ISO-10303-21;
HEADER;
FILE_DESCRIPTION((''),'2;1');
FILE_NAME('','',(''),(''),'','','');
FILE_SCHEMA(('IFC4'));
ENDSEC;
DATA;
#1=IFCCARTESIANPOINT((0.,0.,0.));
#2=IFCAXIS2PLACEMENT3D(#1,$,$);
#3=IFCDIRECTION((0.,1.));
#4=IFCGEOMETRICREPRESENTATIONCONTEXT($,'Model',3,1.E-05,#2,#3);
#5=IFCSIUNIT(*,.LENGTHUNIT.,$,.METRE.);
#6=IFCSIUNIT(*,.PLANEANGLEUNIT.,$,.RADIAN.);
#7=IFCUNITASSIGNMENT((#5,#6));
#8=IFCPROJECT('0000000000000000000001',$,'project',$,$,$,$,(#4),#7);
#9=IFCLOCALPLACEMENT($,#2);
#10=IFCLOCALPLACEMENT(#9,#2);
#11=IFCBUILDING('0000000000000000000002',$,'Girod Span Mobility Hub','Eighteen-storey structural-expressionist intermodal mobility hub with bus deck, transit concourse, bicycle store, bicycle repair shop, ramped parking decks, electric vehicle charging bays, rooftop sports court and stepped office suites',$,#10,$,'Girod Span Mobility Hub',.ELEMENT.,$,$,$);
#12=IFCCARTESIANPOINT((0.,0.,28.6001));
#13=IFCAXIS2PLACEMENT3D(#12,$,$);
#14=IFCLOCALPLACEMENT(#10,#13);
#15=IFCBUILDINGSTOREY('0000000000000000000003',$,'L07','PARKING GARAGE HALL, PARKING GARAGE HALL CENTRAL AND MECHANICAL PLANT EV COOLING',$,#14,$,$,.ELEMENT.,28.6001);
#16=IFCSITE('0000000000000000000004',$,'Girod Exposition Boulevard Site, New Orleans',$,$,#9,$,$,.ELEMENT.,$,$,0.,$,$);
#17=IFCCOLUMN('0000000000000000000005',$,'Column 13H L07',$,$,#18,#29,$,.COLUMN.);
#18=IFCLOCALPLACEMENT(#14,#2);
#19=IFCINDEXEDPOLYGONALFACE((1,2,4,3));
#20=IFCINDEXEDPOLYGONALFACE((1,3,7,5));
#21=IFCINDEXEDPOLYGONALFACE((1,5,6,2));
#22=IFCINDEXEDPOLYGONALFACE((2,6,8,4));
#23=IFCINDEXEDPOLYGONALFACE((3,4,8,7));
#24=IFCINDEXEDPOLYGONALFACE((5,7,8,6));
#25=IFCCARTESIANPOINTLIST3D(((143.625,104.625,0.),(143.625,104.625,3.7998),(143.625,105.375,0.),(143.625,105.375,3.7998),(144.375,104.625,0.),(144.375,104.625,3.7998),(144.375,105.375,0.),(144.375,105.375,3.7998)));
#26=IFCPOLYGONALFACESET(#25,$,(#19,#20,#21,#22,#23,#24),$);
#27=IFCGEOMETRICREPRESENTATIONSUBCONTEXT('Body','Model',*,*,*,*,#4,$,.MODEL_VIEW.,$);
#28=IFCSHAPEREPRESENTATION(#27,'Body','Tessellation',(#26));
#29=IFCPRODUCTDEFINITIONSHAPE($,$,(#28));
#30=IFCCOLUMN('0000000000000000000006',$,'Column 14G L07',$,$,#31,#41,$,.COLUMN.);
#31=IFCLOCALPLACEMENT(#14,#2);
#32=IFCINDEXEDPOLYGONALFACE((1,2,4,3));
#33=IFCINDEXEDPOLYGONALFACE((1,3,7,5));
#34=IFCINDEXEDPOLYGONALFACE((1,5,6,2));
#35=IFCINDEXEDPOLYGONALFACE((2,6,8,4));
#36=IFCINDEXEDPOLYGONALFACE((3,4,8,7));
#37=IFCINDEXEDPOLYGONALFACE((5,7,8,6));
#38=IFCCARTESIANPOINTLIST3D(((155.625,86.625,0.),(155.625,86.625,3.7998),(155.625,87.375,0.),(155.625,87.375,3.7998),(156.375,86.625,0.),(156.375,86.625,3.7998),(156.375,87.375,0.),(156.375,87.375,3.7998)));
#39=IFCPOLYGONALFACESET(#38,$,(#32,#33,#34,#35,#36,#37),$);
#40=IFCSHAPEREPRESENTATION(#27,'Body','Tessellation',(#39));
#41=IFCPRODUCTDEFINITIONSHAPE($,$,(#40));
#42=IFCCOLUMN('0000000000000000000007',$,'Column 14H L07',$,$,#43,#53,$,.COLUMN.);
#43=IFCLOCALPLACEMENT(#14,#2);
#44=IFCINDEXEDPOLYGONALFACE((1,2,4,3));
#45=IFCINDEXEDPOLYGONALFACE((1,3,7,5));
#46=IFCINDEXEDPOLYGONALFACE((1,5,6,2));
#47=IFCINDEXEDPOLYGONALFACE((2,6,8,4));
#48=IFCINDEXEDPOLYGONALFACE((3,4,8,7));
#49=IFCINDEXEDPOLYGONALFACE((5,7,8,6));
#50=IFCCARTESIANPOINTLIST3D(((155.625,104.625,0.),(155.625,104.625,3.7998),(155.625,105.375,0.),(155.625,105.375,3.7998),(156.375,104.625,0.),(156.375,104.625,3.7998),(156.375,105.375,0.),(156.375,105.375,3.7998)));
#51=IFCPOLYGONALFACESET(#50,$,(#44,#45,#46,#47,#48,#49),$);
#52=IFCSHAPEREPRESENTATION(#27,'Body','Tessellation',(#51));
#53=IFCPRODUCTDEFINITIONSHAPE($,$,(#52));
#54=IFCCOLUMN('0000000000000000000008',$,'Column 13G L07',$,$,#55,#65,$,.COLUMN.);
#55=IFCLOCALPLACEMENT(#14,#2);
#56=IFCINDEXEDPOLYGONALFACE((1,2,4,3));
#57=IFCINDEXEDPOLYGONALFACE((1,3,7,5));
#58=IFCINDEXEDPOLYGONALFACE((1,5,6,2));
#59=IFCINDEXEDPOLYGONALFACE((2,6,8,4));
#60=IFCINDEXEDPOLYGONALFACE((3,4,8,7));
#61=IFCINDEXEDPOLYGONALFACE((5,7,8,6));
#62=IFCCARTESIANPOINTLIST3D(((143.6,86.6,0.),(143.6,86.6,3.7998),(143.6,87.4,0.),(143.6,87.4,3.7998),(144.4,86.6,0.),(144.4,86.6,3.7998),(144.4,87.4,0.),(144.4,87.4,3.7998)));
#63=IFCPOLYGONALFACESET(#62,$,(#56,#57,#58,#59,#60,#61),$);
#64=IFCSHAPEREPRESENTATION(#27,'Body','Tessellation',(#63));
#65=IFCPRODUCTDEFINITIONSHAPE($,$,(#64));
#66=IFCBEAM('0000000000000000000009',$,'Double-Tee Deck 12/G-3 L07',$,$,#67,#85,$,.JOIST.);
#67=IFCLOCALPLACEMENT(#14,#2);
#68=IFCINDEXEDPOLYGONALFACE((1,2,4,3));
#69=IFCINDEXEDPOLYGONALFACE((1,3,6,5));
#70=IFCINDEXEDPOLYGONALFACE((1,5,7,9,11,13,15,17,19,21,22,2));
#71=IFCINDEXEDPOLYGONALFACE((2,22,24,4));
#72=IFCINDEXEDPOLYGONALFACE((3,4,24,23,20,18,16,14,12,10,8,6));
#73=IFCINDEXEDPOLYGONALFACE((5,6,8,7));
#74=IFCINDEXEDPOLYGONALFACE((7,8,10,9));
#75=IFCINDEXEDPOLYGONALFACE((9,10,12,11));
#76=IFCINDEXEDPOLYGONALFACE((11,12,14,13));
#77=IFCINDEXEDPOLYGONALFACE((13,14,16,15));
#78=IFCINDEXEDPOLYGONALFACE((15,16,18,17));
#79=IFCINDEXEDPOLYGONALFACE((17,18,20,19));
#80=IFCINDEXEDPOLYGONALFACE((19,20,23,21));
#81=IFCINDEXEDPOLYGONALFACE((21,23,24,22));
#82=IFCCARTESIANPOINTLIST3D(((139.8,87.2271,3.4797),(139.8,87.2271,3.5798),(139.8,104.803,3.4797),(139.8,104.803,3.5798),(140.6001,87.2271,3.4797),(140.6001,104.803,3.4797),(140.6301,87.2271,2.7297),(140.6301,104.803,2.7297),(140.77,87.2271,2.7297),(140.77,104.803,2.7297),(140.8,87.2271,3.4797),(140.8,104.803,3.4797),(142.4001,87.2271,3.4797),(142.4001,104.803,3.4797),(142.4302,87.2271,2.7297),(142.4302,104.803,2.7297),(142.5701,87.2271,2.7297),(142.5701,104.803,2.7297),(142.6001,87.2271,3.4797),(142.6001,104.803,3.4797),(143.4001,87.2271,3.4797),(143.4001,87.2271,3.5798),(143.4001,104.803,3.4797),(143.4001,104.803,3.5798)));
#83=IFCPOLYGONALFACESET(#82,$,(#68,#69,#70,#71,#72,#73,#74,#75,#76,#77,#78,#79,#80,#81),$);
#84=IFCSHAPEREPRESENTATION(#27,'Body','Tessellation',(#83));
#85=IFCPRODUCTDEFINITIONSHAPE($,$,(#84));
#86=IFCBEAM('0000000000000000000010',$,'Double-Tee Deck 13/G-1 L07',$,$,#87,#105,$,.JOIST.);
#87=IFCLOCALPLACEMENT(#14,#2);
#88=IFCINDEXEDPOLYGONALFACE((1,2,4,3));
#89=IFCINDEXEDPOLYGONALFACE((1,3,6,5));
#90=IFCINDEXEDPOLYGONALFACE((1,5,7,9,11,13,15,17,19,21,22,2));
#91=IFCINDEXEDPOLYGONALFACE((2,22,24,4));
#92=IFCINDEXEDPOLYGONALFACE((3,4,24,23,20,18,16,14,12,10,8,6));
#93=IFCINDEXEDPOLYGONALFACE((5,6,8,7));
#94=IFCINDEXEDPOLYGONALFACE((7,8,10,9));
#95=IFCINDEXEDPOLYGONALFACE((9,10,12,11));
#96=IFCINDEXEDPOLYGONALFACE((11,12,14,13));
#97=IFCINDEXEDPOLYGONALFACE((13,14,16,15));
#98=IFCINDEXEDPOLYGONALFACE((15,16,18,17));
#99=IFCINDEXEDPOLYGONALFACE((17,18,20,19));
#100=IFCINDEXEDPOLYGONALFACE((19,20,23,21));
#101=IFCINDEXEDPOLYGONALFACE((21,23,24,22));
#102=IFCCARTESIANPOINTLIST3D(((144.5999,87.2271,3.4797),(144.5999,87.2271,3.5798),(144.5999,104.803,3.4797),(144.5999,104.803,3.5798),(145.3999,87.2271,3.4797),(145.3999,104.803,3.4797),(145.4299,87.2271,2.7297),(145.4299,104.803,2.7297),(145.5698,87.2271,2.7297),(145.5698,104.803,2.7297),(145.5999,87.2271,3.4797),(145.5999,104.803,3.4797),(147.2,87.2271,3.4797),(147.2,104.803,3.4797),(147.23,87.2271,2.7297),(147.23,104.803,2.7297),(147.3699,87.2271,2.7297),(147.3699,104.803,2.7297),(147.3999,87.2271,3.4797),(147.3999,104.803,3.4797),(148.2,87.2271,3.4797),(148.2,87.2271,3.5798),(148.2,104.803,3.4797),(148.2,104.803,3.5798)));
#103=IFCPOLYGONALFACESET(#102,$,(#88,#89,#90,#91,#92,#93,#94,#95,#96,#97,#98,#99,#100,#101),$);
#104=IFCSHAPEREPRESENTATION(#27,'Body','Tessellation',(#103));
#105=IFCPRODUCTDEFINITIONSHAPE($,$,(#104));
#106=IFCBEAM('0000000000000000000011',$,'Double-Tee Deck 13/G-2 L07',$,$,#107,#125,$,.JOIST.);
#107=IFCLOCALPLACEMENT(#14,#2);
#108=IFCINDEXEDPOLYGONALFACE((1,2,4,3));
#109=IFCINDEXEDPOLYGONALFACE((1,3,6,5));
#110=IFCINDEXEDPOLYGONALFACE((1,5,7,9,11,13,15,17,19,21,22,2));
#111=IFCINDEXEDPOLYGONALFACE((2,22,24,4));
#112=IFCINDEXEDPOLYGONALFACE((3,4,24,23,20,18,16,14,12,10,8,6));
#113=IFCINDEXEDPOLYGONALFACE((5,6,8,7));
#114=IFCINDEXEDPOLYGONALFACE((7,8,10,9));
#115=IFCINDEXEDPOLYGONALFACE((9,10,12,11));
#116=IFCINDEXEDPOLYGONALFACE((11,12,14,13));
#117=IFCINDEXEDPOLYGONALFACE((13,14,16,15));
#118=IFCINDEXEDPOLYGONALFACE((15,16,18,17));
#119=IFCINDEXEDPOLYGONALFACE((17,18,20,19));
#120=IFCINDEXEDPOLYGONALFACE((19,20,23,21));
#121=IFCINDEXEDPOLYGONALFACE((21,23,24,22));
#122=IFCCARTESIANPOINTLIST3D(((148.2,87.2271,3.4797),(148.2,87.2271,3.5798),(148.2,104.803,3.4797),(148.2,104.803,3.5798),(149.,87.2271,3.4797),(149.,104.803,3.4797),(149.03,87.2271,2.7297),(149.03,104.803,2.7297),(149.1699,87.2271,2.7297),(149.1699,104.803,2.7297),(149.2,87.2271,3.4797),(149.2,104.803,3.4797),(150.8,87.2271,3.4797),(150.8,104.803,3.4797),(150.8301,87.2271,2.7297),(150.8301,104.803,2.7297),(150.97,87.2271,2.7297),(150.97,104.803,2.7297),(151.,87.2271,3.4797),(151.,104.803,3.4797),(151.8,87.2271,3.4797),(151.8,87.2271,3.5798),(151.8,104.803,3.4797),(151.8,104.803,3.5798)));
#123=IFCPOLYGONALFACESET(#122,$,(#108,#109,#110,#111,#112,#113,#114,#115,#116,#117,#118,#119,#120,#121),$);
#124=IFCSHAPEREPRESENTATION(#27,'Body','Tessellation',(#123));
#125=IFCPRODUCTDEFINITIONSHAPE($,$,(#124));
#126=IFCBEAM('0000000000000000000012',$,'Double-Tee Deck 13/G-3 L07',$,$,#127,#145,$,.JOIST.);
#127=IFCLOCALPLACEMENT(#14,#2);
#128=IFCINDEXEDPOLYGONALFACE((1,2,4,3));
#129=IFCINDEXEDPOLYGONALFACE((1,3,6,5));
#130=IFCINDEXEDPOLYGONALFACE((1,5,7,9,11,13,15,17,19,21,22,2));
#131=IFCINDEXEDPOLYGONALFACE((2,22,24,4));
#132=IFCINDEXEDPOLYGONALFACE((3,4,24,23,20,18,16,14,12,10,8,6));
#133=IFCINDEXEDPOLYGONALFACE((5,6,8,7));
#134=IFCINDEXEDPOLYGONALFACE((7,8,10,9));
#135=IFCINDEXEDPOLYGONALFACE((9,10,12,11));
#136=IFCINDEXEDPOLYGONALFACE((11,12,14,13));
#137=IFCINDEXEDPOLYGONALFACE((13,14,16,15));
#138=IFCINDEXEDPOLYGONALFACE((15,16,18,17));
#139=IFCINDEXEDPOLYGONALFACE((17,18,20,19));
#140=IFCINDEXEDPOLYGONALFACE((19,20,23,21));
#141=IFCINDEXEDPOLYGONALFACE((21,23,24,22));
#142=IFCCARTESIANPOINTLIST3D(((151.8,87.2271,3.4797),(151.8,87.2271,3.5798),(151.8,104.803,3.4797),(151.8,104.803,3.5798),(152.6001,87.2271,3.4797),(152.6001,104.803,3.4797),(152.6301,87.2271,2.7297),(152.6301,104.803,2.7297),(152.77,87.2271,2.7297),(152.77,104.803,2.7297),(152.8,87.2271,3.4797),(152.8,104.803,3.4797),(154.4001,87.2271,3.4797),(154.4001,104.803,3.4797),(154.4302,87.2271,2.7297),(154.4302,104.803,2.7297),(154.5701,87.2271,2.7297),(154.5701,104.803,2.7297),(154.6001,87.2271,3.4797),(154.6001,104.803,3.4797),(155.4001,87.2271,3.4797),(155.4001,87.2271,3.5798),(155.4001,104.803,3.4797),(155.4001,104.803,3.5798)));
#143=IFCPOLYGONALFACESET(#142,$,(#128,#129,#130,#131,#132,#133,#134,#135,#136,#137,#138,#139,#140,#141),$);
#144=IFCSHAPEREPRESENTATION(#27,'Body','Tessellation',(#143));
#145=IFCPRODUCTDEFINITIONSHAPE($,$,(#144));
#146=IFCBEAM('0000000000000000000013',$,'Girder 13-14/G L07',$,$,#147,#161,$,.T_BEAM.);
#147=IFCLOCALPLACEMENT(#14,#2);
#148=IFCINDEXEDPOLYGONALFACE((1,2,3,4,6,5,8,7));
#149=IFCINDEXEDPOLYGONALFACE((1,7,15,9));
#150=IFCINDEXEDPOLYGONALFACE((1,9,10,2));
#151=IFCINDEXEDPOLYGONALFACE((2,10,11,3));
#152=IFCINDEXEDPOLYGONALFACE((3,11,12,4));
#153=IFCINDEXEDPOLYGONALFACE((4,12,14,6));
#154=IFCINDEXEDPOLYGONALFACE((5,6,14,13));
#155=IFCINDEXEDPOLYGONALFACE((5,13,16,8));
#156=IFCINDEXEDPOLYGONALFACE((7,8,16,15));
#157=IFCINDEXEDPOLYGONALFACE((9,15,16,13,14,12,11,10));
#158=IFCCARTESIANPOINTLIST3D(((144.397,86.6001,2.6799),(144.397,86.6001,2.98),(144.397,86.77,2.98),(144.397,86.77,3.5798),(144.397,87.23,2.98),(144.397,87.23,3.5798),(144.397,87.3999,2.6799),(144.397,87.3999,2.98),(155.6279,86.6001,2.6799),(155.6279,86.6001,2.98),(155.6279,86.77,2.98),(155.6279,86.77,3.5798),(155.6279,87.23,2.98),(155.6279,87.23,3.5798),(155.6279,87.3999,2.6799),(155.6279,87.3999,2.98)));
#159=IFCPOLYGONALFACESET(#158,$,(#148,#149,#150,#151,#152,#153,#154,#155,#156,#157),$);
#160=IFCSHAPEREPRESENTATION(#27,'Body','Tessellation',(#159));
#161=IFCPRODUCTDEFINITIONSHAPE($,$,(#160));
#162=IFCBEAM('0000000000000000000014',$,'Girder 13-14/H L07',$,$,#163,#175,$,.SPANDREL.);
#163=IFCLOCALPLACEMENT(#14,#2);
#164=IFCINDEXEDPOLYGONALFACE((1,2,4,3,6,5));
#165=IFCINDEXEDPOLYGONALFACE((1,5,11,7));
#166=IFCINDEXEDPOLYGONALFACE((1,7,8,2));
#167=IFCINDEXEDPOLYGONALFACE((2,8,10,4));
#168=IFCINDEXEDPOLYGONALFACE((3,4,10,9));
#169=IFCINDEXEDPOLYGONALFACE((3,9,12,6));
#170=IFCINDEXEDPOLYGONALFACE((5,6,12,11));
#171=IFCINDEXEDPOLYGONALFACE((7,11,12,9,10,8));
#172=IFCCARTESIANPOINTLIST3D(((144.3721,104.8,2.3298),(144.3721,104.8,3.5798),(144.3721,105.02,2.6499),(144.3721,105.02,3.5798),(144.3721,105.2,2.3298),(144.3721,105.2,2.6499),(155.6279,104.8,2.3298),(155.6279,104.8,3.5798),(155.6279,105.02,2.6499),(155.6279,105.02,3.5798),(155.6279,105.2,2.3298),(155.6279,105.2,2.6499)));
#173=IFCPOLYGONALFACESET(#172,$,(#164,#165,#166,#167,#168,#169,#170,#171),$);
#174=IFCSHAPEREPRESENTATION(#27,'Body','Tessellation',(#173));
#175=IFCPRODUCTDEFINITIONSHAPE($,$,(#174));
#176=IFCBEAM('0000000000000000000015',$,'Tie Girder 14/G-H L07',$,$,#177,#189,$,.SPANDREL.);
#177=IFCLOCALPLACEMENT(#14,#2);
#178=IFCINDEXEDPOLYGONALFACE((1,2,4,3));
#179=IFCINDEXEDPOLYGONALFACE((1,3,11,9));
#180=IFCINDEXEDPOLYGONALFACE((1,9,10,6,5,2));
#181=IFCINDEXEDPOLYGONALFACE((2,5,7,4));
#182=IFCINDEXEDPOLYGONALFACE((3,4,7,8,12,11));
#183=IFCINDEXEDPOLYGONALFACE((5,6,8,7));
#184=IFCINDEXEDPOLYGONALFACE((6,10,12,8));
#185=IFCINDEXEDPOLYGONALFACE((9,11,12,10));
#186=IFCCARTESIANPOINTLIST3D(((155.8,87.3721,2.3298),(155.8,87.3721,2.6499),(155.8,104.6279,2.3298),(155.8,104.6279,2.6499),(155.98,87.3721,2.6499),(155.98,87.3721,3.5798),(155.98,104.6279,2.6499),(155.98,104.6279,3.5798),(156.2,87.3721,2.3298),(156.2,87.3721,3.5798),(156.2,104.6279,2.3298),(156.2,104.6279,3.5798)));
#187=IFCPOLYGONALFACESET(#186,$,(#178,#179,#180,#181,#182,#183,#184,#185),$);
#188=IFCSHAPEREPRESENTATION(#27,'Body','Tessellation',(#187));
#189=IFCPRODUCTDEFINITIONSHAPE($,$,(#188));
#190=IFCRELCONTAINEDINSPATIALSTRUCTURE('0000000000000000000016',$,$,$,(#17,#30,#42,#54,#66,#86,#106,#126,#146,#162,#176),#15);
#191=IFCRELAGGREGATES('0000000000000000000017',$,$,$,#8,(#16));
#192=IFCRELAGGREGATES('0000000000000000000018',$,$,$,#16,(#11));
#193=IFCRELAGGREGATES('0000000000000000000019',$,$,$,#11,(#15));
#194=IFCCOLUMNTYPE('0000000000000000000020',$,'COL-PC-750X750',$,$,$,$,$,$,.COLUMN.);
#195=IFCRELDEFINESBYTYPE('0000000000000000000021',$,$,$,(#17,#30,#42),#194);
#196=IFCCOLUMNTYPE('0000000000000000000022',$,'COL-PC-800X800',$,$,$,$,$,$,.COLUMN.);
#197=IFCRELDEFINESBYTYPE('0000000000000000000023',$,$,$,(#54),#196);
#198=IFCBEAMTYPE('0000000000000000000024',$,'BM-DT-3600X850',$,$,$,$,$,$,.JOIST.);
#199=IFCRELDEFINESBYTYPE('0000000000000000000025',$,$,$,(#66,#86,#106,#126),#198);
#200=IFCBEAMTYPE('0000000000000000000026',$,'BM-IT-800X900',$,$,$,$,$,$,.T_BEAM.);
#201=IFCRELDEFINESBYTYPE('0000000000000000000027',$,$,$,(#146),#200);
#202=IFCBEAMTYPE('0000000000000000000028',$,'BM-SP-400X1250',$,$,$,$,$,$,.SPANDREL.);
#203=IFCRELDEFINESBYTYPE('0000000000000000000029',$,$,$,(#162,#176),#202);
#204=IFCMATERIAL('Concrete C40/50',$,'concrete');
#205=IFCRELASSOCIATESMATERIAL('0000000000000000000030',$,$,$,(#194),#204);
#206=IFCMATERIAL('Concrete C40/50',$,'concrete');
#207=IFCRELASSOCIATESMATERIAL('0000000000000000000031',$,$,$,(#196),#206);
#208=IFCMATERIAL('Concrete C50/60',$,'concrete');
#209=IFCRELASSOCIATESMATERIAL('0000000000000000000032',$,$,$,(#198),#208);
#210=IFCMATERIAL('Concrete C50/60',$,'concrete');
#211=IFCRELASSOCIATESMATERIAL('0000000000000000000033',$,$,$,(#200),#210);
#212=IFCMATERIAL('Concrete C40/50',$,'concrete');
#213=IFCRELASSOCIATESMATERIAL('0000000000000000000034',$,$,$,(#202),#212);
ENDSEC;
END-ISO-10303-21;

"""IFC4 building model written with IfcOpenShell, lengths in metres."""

from ifc_helpers import new_model, si_unit, direction, frame, origin, origin_2d, place, context, subcontext, project, spatial, polyline, rectangle, outline, extrude, material, material_profile, profile_set, type_object, element, save


model = new_model("IFC4")

# Units and contexts
model_context = context("Model", 3, precision=1e-05, world=origin(), true_north=direction((0.0, 1.0)))
body_context = subcontext(model_context, "Body", "Model", "MODEL_VIEW")
ifc_project = project(units=[si_unit("LENGTHUNIT", "METRE"), si_unit("PLANEANGLEUNIT", "RADIAN")], contexts=[model_context])

# Site, building, storey
site_placement = place(None, origin())
site = spatial("IfcSite", under=ifc_project, at=site_placement, Name="Girod Exposition Boulevard Site, New Orleans", CompositionType="ELEMENT", RefElevation=0.0)
building_placement = place(site_placement, origin())
building = spatial("IfcBuilding", under=site, at=building_placement, Name="Girod Span Mobility Hub", Description="Eighteen-storey structural-expressionist intermodal mobility hub with bus deck, transit concourse, bicycle store, bicycle repair shop, ramped parking decks, electric vehicle charging bays, rooftop sports court and stepped office suites", LongName="Girod Span Mobility Hub", CompositionType="ELEMENT")
storey_placement = place(building_placement, frame((0.0, 0.0, 28.6001)))
storey = spatial("IfcBuildingStorey", under=building, at=storey_placement, Name="L07", Description="PARKING GARAGE HALL, PARKING GARAGE HALL CENTRAL AND MECHANICAL PLANT EV COOLING", CompositionType="ELEMENT", Elevation=28.6001)

# Columns
ifc_material_1 = material(Name="Concrete C40/50", Category="concrete")
ifc_material_profile_1 = material_profile(ifc_material_1, rectangle(XDim=0.75, YDim=0.75, at=origin_2d()), Name="PC-COL-750X750")
ifc_profile_set_1 = profile_set([ifc_material_profile_1], Name="Concrete C40/50")
column_type_1 = type_object("IfcColumnType", Name="COL-PC-750X750", PredefinedType="COLUMN", material=ifc_profile_set_1)
for number, where, z_axis, x_axis, name in (
    (1, (144.0, 105.0, 0.0), (0.0, 0.0, 1.0), (1.0, 0.0, 0.0), "Column 13H L07"),
    (2, (156.0, 87.0, 0.0), (0.0, 0.0, 1.0), (1.0, 0.0, 0.0), "Column 14G L07"),
    (3, (156.0, 105.0, 0.0), (0.0, 0.0, 1.0), (1.0, 0.0, 0.0), "Column 14H L07"),
):
    element("IfcColumn", number, at=place(storey_placement, frame(where, z_axis=z_axis, x_axis=x_axis)), inside=storey, type_object=column_type_1, Name=name, PredefinedType="COLUMN", context=body_context, shape_type="SweptSolid", body=[
        extrude(rectangle(XDim=0.75, YDim=0.75, at=origin_2d()), origin(), (0.0, 0.0, 1.0), 3.7998),
    ])
ifc_material_2 = material(Name="Concrete C40/50", Category="concrete")
ifc_material_profile_2 = material_profile(ifc_material_2, rectangle(XDim=0.8, YDim=0.8, at=origin_2d()), Name="PC-COL-800X800")
ifc_profile_set_2 = profile_set([ifc_material_profile_2], Name="Concrete C40/50")
column_type_2 = type_object("IfcColumnType", Name="COL-PC-800X800", PredefinedType="COLUMN", material=ifc_profile_set_2)
column_placement = place(storey_placement, frame((144.0, 87.0, 0.0), z_axis=(0.0, 0.0, 1.0), x_axis=(1.0, 0.0, 0.0)))
element("IfcColumn", 4, at=column_placement, inside=storey, type_object=column_type_2, Name="Column 13G L07", PredefinedType="COLUMN", context=body_context, shape_type="SweptSolid", body=[
    extrude(rectangle(XDim=0.8, YDim=0.8, at=origin_2d()), origin(), (0.0, 0.0, 1.0), 3.7998),
])

# Beams
ifc_material_3 = material(Name="Concrete C50/60", Category="concrete")
ifc_material_profile_3 = material_profile(ifc_material_3, outline(polyline([(-1.8, 0.425), (-1.8, 0.325), (-1.0, 0.325), (-0.97, -0.425), (-0.8301, -0.425), (-0.8, 0.325), (0.8, 0.325), (0.8301, -0.425), (0.97, -0.425), (1.0, 0.325), (1.8, 0.325), (1.8, 0.425), (-1.8, 0.425)])), Name="DT-3600X850")
ifc_profile_set_3 = profile_set([ifc_material_profile_3], Name="Concrete C50/60")
beam_type_1 = type_object("IfcBeamType", Name="BM-DT-3600X850", PredefinedType="JOIST", material=ifc_profile_set_3)
for number, where, z_axis, x_axis, name in (
    (5, (141.6001, 87.2271, 3.1548), (0.0, 1.0, 0.0), (-1.0, 0.0, 0.0), "Double-Tee Deck 12/G-3 L07"),
    (6, (146.3999, 87.2271, 3.1548), (0.0, 1.0, 0.0), (-1.0, 0.0, 0.0), "Double-Tee Deck 13/G-1 L07"),
    (7, (150.0, 87.2271, 3.1548), (0.0, 1.0, 0.0), (-1.0, 0.0, 0.0), "Double-Tee Deck 13/G-2 L07"),
    (8, (153.6001, 87.2271, 3.1548), (0.0, 1.0, 0.0), (-1.0, 0.0, 0.0), "Double-Tee Deck 13/G-3 L07"),
):
    element("IfcBeam", number, at=place(storey_placement, frame(where, z_axis=z_axis, x_axis=x_axis)), inside=storey, type_object=beam_type_1, Name=name, PredefinedType="JOIST", context=body_context, shape_type="SweptSolid", body=[
        extrude(outline(polyline([(-1.8, 0.425), (-1.8, 0.325), (-1.0, 0.325), (-0.97, -0.425), (-0.8301, -0.425), (-0.8, 0.325), (0.8, 0.325), (0.8301, -0.425), (0.97, -0.425), (1.0, 0.325), (1.8, 0.325), (1.8, 0.425), (-1.8, 0.425)])), origin(), (0.0, 0.0, 1.0), 17.5759),
    ])
ifc_material_4 = material(Name="Concrete C50/60", Category="concrete")
ifc_material_profile_4 = material_profile(ifc_material_4, outline(polyline([(-0.3999, -0.45), (0.3999, -0.45), (0.3999, -0.1499), (0.23, -0.1499), (0.23, 0.45), (-0.23, 0.45), (-0.23, -0.1499), (-0.3999, -0.1499), (-0.3999, -0.45)])), Name="IT-800X900")
ifc_profile_set_4 = profile_set([ifc_material_profile_4], Name="Concrete C50/60")
beam_type_2 = type_object("IfcBeamType", Name="BM-IT-800X900", PredefinedType="T_BEAM", material=ifc_profile_set_4)
beam_1_placement = place(storey_placement, frame((144.397, 87.0, 3.1299), z_axis=(1.0, 0.0, 0.0), x_axis=(0.0, 1.0, 0.0)))
element("IfcBeam", 9, at=beam_1_placement, inside=storey, type_object=beam_type_2, Name="Girder 13-14/G L07", PredefinedType="T_BEAM", context=body_context, shape_type="SweptSolid", body=[
    extrude(outline(polyline([(-0.3999, -0.45), (0.3999, -0.45), (0.3999, -0.1499), (0.23, -0.1499), (0.23, 0.45), (-0.23, 0.45), (-0.23, -0.1499), (-0.3999, -0.1499), (-0.3999, -0.45)])), origin(), (0.0, 0.0, 1.0), 11.231),
])
ifc_material_5 = material(Name="Concrete C40/50", Category="concrete")
ifc_material_profile_5 = material_profile(ifc_material_5, outline(polyline([(-0.2, -0.625), (0.2, -0.625), (0.2, -0.3049), (0.02, -0.3049), (0.02, 0.625), (-0.2, 0.625), (-0.2, -0.625)])), Name="SP-400X1250")
ifc_profile_set_5 = profile_set([ifc_material_profile_5], Name="Concrete C40/50")
beam_type_3 = type_object("IfcBeamType", Name="BM-SP-400X1250", PredefinedType="SPANDREL", material=ifc_profile_set_5)
beam_2_placement = place(storey_placement, frame((144.3721, 105.0, 2.9548), z_axis=(1.0, 0.0, 0.0), x_axis=(0.0, 1.0, 0.0)))
element("IfcBeam", 10, at=beam_2_placement, inside=storey, type_object=beam_type_3, Name="Girder 13-14/H L07", PredefinedType="SPANDREL", context=body_context, shape_type="SweptSolid", body=[
    extrude(outline(polyline([(-0.2, -0.625), (0.2, -0.625), (0.2, -0.3049), (0.02, -0.3049), (0.02, 0.625), (-0.2, 0.625), (-0.2, -0.625)])), origin(), (0.0, 0.0, 1.0), 11.2559),
])
beam_3_placement = place(storey_placement, frame((156.0, 87.3721, 2.9548), z_axis=(0.0, 1.0, 0.0), x_axis=(-1.0, 0.0, 0.0)))
element("IfcBeam", 11, at=beam_3_placement, inside=storey, type_object=beam_type_3, Name="Tie Girder 14/G-H L07", PredefinedType="SPANDREL", context=body_context, shape_type="SweptSolid", body=[
    extrude(outline(polyline([(-0.2, -0.625), (0.2, -0.625), (0.2, -0.3049), (0.02, -0.3049), (0.02, 0.625), (-0.2, 0.625), (-0.2, -0.625)])), origin(), (0.0, 0.0, 1.0), 17.2559),
])

save(model, "model.ifc")
